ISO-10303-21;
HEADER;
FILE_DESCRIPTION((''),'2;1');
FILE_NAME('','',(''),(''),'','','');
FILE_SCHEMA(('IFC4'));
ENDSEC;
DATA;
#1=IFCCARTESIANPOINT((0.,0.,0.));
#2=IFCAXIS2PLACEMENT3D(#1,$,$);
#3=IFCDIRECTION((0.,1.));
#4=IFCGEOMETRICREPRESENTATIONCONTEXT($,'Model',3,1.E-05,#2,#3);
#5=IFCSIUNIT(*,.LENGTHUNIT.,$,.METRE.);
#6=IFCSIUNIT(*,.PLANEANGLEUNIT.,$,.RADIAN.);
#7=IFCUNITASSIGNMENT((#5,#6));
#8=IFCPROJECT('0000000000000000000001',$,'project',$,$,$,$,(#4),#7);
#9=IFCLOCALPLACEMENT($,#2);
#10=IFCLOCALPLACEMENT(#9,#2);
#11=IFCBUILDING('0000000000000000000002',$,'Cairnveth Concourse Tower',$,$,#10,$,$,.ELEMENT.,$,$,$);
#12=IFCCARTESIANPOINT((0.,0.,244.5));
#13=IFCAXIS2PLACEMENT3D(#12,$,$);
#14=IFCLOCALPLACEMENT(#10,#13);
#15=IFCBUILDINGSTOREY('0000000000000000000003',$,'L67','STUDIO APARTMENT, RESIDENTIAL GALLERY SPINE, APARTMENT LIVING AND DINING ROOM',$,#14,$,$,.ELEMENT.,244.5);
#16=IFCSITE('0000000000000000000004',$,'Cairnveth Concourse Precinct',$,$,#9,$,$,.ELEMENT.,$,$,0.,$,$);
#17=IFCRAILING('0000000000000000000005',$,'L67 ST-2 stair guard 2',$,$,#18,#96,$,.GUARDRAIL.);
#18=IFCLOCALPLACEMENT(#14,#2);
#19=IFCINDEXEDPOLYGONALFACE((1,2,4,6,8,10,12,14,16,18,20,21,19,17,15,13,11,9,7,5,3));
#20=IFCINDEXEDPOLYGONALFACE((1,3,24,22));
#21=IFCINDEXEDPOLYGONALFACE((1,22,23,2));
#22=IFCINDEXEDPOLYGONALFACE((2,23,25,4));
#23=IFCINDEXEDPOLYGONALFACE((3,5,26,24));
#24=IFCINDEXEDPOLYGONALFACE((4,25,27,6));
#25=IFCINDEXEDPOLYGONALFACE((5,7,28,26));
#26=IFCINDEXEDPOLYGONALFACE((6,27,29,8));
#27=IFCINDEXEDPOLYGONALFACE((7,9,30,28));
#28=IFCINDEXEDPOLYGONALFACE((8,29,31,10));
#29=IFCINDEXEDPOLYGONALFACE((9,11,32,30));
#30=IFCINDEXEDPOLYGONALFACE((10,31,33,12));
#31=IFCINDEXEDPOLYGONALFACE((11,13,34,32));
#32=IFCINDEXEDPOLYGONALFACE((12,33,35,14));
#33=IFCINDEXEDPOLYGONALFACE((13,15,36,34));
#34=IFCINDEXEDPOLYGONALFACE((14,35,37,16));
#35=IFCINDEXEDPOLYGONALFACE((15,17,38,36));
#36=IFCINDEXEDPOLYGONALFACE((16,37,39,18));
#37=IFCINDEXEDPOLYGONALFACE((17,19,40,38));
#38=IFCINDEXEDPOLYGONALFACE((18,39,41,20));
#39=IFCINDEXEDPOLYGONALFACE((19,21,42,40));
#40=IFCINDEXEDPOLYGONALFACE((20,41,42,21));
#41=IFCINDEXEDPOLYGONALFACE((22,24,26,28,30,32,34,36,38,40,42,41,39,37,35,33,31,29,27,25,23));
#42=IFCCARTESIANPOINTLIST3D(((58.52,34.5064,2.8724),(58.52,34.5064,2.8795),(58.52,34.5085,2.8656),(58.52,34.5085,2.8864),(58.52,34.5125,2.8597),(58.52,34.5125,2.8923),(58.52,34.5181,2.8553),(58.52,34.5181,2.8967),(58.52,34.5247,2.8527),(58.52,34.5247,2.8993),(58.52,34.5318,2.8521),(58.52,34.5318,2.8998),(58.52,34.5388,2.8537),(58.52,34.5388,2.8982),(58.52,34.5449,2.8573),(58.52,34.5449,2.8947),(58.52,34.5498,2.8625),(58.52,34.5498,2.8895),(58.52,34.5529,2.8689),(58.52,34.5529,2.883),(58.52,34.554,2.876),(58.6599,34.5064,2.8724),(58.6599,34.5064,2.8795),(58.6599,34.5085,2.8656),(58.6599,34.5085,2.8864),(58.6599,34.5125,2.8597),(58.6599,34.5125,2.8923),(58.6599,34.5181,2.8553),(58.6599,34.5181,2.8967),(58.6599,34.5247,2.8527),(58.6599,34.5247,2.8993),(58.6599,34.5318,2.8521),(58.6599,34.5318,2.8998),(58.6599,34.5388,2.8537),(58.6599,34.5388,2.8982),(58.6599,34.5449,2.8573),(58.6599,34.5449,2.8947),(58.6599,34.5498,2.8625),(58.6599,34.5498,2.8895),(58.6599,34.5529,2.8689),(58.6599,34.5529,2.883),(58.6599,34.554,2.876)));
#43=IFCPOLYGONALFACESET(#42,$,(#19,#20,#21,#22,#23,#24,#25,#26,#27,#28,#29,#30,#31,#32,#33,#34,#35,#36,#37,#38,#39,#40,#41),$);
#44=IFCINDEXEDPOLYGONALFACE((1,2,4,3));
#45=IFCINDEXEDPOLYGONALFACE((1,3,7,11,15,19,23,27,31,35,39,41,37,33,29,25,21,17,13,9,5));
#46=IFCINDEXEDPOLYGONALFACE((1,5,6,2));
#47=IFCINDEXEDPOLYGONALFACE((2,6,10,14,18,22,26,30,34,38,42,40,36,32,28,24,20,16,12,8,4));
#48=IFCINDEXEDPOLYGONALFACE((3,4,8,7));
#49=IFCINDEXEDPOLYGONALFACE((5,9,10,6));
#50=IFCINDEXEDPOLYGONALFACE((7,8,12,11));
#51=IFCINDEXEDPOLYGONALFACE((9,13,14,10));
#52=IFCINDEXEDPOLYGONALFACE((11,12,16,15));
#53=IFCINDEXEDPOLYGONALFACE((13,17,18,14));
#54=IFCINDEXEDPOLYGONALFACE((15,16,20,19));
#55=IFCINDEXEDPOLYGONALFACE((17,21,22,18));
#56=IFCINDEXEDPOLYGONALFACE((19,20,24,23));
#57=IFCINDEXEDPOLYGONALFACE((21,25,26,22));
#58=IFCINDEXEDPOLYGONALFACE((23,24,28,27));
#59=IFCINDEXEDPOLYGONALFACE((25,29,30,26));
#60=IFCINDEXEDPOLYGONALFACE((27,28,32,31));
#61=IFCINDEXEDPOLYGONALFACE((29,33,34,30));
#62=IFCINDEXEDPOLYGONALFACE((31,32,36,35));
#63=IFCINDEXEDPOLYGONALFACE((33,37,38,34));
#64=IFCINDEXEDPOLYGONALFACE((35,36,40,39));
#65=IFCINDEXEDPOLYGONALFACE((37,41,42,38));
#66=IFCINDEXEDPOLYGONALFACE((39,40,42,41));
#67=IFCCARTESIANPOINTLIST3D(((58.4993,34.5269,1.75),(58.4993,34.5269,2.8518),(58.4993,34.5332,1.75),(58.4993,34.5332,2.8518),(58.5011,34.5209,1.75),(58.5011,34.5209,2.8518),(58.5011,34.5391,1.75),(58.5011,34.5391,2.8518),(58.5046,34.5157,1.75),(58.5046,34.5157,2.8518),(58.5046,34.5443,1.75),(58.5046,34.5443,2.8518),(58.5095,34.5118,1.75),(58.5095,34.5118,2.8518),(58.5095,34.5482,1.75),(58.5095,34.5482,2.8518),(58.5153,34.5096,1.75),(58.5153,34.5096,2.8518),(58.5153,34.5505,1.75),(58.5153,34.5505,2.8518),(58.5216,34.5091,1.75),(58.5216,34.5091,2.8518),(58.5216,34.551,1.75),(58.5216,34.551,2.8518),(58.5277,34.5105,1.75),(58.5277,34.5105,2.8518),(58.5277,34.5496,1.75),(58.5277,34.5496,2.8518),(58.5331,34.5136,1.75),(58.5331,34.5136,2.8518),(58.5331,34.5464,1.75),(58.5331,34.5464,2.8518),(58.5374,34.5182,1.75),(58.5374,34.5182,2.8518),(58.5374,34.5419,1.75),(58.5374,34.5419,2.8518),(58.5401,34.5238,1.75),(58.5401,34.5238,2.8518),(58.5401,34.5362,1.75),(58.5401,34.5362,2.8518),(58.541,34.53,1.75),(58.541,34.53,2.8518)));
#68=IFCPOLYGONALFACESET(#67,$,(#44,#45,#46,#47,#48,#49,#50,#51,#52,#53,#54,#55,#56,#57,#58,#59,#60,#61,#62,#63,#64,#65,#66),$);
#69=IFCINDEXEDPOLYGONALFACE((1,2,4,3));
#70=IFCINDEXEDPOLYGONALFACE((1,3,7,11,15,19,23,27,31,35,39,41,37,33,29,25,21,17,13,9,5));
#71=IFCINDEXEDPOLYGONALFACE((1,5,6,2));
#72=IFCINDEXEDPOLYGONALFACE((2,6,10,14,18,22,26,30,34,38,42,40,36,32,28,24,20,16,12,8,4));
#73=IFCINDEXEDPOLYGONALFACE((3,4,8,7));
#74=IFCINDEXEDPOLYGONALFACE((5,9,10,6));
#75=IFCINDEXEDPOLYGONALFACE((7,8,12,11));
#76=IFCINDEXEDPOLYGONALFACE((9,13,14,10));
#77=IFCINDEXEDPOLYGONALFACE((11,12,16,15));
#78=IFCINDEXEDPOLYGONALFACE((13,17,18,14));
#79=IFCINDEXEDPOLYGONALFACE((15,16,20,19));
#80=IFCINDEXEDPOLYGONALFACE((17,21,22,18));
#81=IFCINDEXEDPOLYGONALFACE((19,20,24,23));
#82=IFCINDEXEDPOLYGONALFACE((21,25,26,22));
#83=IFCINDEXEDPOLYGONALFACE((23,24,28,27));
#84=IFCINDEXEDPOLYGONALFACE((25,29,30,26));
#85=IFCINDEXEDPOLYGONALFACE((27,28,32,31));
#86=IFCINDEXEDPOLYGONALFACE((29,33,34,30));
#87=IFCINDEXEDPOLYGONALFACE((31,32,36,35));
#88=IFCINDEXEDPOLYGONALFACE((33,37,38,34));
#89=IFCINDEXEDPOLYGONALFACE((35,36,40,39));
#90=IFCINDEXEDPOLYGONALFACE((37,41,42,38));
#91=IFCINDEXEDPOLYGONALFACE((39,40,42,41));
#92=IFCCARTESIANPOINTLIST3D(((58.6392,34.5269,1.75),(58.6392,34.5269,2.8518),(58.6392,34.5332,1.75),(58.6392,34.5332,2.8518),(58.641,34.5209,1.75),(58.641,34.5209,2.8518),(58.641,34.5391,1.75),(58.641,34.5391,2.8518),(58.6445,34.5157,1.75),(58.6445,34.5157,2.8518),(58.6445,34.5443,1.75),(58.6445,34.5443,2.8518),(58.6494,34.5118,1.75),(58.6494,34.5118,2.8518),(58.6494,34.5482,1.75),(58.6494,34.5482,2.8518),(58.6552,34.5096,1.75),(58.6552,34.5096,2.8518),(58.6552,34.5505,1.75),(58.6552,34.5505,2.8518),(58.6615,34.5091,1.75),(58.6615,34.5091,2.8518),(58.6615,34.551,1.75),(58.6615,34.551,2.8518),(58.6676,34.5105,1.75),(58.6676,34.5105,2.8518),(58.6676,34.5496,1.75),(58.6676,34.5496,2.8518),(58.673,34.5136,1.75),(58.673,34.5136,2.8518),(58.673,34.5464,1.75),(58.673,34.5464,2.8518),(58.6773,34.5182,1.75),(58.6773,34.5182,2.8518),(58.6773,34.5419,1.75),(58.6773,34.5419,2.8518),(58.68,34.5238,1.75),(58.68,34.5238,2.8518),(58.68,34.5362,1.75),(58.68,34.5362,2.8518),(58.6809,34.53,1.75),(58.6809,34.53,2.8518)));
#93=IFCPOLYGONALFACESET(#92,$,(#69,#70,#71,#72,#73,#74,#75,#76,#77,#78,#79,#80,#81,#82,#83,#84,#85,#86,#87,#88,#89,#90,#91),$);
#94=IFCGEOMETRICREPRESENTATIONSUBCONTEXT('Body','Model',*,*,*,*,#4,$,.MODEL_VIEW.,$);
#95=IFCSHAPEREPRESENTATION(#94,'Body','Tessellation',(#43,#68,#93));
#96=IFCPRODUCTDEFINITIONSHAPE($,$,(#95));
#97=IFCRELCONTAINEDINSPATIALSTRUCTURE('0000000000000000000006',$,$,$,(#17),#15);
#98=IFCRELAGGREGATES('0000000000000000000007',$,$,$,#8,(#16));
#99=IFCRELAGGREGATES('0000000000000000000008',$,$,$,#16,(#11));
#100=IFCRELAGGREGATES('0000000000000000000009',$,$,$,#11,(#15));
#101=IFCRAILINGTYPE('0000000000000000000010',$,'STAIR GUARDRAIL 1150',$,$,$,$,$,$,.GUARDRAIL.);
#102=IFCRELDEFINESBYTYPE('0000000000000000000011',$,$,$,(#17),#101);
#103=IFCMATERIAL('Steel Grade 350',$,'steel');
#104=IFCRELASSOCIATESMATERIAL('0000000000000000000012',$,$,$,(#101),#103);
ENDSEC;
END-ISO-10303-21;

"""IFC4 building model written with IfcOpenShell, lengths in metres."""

from ifc_helpers import new_model, si_unit, direction, frame, origin, origin_2d, place, context, subcontext, project, spatial, circle, extrude, material, type_object, element, save


model = new_model("IFC4")

# Units and contexts
model_context = context("Model", 3, precision=1e-05, world=origin(), true_north=direction((0.0, 1.0)))
body_context = subcontext(model_context, "Body", "Model", "MODEL_VIEW")
ifc_project = project(units=[si_unit("LENGTHUNIT", "METRE"), si_unit("PLANEANGLEUNIT", "RADIAN")], contexts=[model_context])

# Site, building, storey
site_placement = place(None, origin())
site = spatial("IfcSite", under=ifc_project, at=site_placement, Name="Cairnveth Concourse Precinct", CompositionType="ELEMENT", RefElevation=0.0)
building_placement = place(site_placement, origin())
building = spatial("IfcBuilding", under=site, at=building_placement, Name="Cairnveth Concourse Tower", CompositionType="ELEMENT")
storey_placement = place(building_placement, frame((0.0, 0.0, 244.5)))
storey = spatial("IfcBuildingStorey", under=building, at=storey_placement, Name="L67", Description="STUDIO APARTMENT, RESIDENTIAL GALLERY SPINE, APARTMENT LIVING AND DINING ROOM", CompositionType="ELEMENT", Elevation=244.5)

# Shared definitions
ifc_material_1 = material(Name="Steel Grade 350", Category="steel")

# Railing
railing_type_1 = type_object("IfcRailingType", Name="STAIR GUARDRAIL 1150", PredefinedType="GUARDRAIL", material=ifc_material_1)
railing_1_placement = place(storey_placement, frame((58.52, 34.53, 1.75)))
element("IfcRailing", 1, at=railing_1_placement, inside=storey, type_object=railing_type_1, Name="L67 ST-2 stair guard 2", PredefinedType="GUARDRAIL", context=body_context, shape_type="SweptSolid", body=[
    extrude(circle(Radius=0.0239, at=origin_2d()), frame((0.0, 0.0, 1.126), z_axis=(1.0, 0.0, 0.0), x_axis=(0.0, 1.0, 0.0)), (0.0, 0.0, 1.0), 0.1399),
    extrude(circle(Radius=0.021, at=origin_2d()), origin(), (0.0, 0.0, 1.0), 1.1018),
    extrude(circle(Radius=0.021, at=origin_2d()), frame((0.1399, 0.0, 0.0)), (0.0, 0.0, 1.0), 1.1018),
])

save(model, "model.ifc")
